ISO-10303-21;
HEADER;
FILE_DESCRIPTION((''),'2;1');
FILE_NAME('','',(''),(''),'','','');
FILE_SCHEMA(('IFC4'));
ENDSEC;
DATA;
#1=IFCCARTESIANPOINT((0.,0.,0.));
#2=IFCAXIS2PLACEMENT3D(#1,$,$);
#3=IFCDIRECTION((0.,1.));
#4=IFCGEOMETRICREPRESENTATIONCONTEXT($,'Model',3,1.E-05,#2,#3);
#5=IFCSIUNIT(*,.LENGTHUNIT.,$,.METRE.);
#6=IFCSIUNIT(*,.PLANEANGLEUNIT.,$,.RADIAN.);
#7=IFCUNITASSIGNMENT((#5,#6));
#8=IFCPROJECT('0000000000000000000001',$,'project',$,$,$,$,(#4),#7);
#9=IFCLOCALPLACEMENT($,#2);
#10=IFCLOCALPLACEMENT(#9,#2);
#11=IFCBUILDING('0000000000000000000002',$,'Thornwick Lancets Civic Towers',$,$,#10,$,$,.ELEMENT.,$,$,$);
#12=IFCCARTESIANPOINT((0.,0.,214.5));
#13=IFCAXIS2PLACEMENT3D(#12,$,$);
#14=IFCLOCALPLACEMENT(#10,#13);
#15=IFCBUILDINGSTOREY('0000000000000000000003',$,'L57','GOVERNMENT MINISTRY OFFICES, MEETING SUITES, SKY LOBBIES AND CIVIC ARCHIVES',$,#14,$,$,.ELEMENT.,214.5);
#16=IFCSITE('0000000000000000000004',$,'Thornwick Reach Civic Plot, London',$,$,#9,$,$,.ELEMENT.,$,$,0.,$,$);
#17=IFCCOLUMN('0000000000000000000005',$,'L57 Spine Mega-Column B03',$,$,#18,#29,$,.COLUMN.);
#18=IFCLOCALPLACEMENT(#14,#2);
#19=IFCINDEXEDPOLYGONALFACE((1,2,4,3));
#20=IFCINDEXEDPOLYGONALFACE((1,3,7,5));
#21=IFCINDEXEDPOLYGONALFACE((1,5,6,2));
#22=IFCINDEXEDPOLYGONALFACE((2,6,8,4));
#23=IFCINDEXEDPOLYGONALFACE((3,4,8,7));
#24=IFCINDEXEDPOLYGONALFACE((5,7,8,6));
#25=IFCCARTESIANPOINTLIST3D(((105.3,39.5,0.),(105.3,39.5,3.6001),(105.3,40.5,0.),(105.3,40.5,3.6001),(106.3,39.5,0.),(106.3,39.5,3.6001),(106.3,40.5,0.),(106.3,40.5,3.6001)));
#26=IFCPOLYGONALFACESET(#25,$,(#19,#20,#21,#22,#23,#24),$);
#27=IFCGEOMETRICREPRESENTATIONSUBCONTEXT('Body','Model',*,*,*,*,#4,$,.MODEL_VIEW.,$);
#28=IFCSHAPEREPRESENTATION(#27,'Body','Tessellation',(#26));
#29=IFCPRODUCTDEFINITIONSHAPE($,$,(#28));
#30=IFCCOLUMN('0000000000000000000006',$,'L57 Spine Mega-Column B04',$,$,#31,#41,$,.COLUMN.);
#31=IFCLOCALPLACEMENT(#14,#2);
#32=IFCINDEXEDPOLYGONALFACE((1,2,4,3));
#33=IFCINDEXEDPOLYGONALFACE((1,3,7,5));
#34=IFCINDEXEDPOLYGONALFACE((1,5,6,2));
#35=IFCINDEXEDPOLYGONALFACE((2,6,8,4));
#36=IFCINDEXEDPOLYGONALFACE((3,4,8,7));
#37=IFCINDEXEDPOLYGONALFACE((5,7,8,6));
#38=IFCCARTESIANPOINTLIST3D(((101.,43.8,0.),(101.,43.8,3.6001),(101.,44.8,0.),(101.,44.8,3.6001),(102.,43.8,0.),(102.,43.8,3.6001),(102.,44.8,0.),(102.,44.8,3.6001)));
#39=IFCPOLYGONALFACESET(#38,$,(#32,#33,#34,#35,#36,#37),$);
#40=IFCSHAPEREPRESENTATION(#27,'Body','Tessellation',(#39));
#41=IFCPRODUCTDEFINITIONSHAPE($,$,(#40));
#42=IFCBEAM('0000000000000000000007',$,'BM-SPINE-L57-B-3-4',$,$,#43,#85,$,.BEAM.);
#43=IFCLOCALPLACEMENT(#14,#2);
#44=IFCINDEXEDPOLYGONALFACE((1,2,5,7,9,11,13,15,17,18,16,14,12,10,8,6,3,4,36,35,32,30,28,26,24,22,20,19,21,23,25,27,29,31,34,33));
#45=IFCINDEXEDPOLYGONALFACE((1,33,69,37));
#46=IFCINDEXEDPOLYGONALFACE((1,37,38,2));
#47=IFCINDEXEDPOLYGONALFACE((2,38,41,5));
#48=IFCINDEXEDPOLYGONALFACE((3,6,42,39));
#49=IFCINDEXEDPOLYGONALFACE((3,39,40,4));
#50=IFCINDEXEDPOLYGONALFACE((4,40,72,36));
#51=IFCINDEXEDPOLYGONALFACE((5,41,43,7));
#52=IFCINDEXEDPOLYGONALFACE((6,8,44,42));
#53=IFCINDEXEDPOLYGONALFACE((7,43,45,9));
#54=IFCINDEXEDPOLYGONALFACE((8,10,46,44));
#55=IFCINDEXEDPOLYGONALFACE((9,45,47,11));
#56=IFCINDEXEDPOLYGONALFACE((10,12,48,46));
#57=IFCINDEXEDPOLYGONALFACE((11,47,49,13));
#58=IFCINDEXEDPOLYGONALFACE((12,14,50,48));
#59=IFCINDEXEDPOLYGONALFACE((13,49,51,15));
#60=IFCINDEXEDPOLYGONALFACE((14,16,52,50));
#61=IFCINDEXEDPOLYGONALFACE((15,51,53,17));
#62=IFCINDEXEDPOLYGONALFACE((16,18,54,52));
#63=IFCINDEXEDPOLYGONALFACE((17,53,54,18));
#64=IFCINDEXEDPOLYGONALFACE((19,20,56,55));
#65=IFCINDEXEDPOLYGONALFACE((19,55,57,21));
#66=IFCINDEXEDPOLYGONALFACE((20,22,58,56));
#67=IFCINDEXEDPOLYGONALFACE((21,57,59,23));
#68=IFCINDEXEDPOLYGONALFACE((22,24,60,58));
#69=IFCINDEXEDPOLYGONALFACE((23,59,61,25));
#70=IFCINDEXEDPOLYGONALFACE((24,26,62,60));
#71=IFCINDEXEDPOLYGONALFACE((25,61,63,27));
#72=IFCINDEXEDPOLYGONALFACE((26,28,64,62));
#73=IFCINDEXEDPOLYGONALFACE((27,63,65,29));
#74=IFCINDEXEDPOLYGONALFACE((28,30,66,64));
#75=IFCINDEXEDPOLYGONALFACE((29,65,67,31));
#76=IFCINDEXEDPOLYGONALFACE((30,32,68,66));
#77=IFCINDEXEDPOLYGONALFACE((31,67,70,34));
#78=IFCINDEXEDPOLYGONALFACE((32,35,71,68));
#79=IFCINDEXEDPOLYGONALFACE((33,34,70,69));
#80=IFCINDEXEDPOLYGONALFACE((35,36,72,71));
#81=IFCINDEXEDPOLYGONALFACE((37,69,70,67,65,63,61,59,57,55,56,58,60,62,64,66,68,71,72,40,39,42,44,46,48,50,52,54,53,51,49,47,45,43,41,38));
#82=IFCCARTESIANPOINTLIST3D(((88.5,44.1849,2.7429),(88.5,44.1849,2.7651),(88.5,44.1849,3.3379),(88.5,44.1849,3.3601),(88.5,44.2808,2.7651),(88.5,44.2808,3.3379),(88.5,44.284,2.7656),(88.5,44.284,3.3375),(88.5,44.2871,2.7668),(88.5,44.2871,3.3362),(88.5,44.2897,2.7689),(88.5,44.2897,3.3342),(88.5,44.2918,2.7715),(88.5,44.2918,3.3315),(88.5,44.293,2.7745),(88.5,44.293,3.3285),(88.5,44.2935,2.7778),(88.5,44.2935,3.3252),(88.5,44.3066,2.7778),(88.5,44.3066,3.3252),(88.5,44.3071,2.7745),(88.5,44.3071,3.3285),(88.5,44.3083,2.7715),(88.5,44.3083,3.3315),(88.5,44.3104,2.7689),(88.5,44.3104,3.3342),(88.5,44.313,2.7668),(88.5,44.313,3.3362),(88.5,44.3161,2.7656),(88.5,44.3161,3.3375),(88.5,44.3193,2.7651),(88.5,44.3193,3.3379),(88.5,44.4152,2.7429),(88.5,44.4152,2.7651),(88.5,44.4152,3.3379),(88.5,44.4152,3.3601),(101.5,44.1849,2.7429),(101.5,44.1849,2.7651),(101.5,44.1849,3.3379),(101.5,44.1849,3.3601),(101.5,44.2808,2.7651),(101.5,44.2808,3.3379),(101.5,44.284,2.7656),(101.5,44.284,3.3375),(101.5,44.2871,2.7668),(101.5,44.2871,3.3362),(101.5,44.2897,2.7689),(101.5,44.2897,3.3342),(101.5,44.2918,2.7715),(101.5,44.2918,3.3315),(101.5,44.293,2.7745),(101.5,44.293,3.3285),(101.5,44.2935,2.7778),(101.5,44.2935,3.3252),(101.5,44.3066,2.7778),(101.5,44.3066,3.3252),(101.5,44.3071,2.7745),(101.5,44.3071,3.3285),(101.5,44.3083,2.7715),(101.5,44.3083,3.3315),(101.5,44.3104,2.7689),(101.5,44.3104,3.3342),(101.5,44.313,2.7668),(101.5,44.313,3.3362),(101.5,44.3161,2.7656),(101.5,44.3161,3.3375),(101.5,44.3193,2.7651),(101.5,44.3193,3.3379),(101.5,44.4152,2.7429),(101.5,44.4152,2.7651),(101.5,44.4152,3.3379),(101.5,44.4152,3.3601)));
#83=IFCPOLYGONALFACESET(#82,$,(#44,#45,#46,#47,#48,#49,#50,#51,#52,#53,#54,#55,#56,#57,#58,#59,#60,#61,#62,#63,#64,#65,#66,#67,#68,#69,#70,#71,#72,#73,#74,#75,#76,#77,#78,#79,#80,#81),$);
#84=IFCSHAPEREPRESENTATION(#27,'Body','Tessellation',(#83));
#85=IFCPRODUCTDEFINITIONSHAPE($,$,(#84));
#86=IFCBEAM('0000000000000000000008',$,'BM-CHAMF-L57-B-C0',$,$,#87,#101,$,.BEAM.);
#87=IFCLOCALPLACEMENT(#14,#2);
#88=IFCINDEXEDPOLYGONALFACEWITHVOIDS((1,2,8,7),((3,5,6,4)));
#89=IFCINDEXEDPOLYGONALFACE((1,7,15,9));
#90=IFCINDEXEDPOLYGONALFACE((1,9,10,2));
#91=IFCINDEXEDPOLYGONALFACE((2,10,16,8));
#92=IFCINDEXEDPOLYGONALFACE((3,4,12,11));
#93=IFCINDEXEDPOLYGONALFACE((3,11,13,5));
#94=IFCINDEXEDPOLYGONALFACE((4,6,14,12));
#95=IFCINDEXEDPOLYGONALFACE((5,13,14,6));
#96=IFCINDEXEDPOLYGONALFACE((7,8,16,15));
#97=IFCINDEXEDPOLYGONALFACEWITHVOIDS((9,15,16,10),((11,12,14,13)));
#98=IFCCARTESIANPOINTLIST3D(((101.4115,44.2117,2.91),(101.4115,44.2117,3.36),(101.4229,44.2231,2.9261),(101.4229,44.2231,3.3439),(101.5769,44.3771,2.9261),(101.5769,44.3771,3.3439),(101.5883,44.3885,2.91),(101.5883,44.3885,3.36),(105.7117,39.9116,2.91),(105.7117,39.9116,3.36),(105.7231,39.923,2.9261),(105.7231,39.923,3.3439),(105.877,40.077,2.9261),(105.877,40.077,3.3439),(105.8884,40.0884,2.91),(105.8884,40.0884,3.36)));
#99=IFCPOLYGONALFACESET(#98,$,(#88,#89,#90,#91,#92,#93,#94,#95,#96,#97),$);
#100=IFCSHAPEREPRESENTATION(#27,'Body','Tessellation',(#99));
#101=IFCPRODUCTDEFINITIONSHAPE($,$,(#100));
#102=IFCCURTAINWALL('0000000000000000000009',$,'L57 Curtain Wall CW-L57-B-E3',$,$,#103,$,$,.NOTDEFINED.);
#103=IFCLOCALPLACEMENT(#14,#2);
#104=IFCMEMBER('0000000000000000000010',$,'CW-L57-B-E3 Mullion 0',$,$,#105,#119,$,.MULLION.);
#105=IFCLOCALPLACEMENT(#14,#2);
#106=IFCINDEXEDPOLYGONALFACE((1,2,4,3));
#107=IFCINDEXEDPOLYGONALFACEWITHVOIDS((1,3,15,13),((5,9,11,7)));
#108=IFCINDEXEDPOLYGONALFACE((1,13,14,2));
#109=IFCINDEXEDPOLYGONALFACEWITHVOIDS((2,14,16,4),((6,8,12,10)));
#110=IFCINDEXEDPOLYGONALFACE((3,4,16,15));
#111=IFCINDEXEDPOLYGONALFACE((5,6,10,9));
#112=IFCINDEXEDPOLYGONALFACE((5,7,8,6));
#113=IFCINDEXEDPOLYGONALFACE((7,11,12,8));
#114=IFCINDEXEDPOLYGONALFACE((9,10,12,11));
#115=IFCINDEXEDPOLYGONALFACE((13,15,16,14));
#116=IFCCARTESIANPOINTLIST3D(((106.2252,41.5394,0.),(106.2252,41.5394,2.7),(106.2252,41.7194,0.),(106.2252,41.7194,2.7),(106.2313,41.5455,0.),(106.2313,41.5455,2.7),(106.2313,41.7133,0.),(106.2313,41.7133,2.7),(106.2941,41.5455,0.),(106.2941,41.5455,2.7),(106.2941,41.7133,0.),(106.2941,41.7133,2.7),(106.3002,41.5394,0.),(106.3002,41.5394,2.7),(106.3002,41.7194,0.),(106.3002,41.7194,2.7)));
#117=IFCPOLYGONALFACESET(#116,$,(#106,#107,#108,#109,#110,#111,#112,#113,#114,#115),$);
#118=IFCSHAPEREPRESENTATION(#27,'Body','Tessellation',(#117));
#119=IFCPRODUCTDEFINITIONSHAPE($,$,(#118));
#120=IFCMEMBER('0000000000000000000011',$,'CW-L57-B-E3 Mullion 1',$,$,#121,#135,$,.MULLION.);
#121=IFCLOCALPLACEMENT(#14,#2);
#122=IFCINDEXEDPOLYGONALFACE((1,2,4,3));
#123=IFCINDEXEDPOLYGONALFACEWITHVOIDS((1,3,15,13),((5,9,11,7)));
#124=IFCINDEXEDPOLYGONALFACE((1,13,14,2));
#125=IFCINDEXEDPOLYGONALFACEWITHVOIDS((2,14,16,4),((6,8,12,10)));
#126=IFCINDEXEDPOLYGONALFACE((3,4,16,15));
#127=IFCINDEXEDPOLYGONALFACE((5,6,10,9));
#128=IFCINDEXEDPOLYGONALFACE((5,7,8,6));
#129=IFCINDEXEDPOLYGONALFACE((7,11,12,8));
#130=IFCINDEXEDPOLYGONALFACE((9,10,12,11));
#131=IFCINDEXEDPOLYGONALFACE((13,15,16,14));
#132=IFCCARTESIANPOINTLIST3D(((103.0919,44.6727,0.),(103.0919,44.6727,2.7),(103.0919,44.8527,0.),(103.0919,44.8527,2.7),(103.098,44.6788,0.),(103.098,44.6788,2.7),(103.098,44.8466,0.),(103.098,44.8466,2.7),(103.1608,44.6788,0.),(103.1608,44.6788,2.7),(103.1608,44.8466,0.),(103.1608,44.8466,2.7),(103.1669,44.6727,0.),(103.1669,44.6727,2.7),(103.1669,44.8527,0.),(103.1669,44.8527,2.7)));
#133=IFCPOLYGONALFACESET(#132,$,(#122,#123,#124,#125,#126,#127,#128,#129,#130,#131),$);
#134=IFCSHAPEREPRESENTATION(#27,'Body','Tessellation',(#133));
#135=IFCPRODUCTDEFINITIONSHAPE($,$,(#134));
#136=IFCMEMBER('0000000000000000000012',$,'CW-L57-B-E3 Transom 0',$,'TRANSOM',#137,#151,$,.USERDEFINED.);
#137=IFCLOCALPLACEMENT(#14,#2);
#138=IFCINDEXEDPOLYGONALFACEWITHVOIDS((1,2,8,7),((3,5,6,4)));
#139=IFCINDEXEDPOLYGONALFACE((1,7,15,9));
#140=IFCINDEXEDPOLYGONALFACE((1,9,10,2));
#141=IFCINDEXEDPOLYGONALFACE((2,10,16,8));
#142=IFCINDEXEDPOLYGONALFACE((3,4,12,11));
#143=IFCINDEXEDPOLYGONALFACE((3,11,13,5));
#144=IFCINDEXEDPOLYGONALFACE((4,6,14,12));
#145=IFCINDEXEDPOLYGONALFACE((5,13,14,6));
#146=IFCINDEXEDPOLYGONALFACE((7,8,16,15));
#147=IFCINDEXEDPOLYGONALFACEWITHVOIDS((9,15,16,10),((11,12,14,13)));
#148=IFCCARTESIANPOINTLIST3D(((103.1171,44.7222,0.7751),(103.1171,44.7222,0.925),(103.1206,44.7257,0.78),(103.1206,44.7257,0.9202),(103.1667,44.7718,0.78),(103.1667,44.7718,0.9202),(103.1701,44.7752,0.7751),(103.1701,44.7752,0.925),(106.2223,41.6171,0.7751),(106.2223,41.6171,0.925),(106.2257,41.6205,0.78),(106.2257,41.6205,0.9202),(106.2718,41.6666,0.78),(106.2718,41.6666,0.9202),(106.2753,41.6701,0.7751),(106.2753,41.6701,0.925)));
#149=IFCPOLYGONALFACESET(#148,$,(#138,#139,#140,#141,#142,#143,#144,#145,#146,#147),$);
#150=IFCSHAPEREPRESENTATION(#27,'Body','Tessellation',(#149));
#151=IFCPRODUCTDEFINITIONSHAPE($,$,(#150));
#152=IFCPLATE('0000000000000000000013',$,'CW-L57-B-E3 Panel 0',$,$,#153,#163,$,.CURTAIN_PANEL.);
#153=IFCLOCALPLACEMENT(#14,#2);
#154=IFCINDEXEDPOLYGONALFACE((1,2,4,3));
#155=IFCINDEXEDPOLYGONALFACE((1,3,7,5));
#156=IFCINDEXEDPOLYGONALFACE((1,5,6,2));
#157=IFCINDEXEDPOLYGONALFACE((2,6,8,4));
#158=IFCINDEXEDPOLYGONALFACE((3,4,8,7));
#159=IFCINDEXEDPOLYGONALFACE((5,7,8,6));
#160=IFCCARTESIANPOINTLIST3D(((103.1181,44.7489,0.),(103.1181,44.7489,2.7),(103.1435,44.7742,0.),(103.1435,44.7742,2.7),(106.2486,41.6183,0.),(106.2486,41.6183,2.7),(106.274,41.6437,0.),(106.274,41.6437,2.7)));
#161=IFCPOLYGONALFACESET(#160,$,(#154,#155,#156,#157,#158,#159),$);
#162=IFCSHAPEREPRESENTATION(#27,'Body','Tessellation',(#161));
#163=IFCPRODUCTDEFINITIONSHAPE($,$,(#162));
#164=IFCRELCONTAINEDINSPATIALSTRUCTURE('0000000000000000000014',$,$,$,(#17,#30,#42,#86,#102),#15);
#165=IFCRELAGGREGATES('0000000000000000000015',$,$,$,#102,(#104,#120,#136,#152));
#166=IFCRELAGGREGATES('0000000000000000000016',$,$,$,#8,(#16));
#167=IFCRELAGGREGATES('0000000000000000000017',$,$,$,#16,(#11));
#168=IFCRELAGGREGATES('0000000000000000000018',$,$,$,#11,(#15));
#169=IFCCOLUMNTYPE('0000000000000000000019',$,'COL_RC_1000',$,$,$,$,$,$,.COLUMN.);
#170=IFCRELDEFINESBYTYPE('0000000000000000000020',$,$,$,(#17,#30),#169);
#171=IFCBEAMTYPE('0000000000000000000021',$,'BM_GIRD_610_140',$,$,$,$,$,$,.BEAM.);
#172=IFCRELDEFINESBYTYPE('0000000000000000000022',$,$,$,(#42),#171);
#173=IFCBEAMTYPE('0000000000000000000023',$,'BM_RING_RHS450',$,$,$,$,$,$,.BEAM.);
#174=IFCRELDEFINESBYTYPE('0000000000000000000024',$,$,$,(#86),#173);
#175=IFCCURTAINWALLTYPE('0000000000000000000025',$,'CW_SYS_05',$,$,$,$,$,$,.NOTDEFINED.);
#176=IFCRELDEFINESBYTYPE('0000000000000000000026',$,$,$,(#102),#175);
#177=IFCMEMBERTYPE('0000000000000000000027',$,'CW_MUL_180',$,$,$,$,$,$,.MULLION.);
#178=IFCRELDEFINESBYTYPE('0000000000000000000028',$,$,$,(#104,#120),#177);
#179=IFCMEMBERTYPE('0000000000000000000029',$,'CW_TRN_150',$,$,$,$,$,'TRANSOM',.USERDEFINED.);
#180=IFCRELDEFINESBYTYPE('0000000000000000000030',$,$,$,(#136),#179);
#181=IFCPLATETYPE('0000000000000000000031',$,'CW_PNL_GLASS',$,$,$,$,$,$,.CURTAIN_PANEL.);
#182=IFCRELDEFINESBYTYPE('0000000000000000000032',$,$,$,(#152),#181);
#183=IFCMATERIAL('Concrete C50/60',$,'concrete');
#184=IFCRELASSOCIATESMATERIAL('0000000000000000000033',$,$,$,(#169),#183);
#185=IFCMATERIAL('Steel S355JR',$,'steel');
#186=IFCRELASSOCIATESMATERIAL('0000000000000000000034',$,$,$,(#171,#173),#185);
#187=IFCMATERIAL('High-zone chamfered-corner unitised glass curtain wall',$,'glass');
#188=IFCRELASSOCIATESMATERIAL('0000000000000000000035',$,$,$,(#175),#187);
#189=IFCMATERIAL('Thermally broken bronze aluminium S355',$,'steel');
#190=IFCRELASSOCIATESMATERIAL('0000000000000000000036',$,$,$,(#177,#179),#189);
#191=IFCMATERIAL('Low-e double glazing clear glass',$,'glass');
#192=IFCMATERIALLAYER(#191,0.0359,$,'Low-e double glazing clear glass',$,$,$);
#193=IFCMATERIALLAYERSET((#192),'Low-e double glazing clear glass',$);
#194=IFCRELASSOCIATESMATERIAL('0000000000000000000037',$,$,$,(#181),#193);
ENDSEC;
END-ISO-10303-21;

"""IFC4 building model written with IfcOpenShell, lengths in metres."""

from ifc_helpers import new_model, si_unit, direction, frame, origin, origin_2d, place, context, subcontext, project, spatial, rectangle, hollow_rectangle, i_section, extrude, material, layer, layer_set, material_profile, profile_set, type_object, element, aggregate, save


model = new_model("IFC4")

# Units and contexts
model_context = context("Model", 3, precision=1e-05, world=origin(), true_north=direction((0.0, 1.0)))
body_context = subcontext(model_context, "Body", "Model", "MODEL_VIEW")
ifc_project = project(units=[si_unit("LENGTHUNIT", "METRE"), si_unit("PLANEANGLEUNIT", "RADIAN")], contexts=[model_context])

# Site, building, storey
site_placement = place(None, origin())
site = spatial("IfcSite", under=ifc_project, at=site_placement, Name="Thornwick Reach Civic Plot, London", CompositionType="ELEMENT", RefElevation=0.0)
building_placement = place(site_placement, origin())
building = spatial("IfcBuilding", under=site, at=building_placement, Name="Thornwick Lancets Civic Towers", CompositionType="ELEMENT")
storey_placement = place(building_placement, frame((0.0, 0.0, 214.5)))
storey = spatial("IfcBuildingStorey", under=building, at=storey_placement, Name="L57", Description="GOVERNMENT MINISTRY OFFICES, MEETING SUITES, SKY LOBBIES AND CIVIC ARCHIVES", CompositionType="ELEMENT", Elevation=214.5)

# Columns
ifc_material_1 = material(Name="Concrete C50/60", Category="concrete")
ifc_material_profile_1 = material_profile(ifc_material_1, rectangle(XDim=1.0, YDim=1.0, at=origin_2d()), Name="RC 1000x1000")
ifc_profile_set_1 = profile_set([ifc_material_profile_1], Name="Concrete C50/60")
column_type = type_object("IfcColumnType", Name="COL_RC_1000", PredefinedType="COLUMN", material=ifc_profile_set_1)
for number, where, z_axis, x_axis, name in (
    (1, (105.8, 40.0, 0.0), (0.0, 0.0, 1.0), (1.0, 0.0, 0.0), "L57 Spine Mega-Column B03"),
    (2, (101.5, 44.3, 0.0), (0.0, 0.0, 1.0), (1.0, 0.0, 0.0), "L57 Spine Mega-Column B04"),
):
    element("IfcColumn", number, at=place(storey_placement, frame(where, z_axis=z_axis, x_axis=x_axis)), inside=storey, type_object=column_type, Name=name, PredefinedType="COLUMN", context=body_context, shape_type="SweptSolid", body=[
        extrude(rectangle(XDim=1.0, YDim=1.0, at=origin_2d()), origin(), (0.0, 0.0, 1.0), 3.6001),
    ])

# Beams
ifc_material_2 = material(Name="Steel S355JR", Category="steel")
ifc_material_profile_2 = material_profile(ifc_material_2, i_section(OverallWidth=0.2302, OverallDepth=0.6172, WebThickness=0.0132, FlangeThickness=0.0222, FilletRadius=0.0127, at=origin_2d()), Name="UKB 610x229x140")
ifc_profile_set_2 = profile_set([ifc_material_profile_2], Name="Steel S355JR")
beam_type_1 = type_object("IfcBeamType", Name="BM_GIRD_610_140", PredefinedType="BEAM", material=ifc_profile_set_2)
beam_1_placement = place(storey_placement, frame((101.5, 44.3, 3.0515), z_axis=(-1.0, 0.0, 0.0), x_axis=(0.0, -1.0, 0.0)))
element("IfcBeam", 3, at=beam_1_placement, inside=storey, type_object=beam_type_1, Name="BM-SPINE-L57-B-3-4", PredefinedType="BEAM", context=body_context, shape_type="SweptSolid", body=[
    extrude(i_section(OverallWidth=0.2302, OverallDepth=0.6172, WebThickness=0.0132, FlangeThickness=0.0222, FilletRadius=0.0127, at=origin_2d()), origin(), (0.0, 0.0, 1.0), 13.0),
])
ifc_material_profile_3 = material_profile(ifc_material_2, hollow_rectangle(XDim=0.25, YDim=0.45, WallThickness=0.0161, at=origin_2d()), Name="RHS 450x250x16")
ifc_profile_set_3 = profile_set([ifc_material_profile_3], Name="Steel S355JR")
beam_type_2 = type_object("IfcBeamType", Name="BM_RING_RHS450", PredefinedType="BEAM", material=ifc_profile_set_3)
beam_2_placement = place(storey_placement, frame((105.8, 40.0, 3.135), z_axis=(-0.707107, 0.707107, 0.0), x_axis=(-0.707107, -0.707107, 0.0)))
element("IfcBeam", 4, at=beam_2_placement, inside=storey, type_object=beam_type_2, Name="BM-CHAMF-L57-B-C0", PredefinedType="BEAM", context=body_context, shape_type="SweptSolid", body=[
    extrude(hollow_rectangle(XDim=0.25, YDim=0.45, WallThickness=0.0161, at=origin_2d()), origin(), (0.0, 0.0, 1.0), 6.0813),
])

# Curtain wall, members, plate
ifc_material_3 = material(Name="High-zone chamfered-corner unitised glass curtain wall", Category="glass")
curtain_wall_type = type_object("IfcCurtainWallType", Name="CW_SYS_05", PredefinedType="NOTDEFINED", material=ifc_material_3)
curtain_wall_placement = place(storey_placement, origin())
curtain_wall = element("IfcCurtainWall", 5, at=curtain_wall_placement, inside=storey, type_object=curtain_wall_type, Name="L57 Curtain Wall CW-L57-B-E3", PredefinedType="NOTDEFINED")
ifc_material_4 = material(Name="Thermally broken bronze aluminium S355", Category="steel")
ifc_material_profile_4 = material_profile(ifc_material_4, hollow_rectangle(XDim=0.075, YDim=0.1799, WallThickness=0.0061, at=origin_2d()), Name="RHS 180x75x6")
ifc_profile_set_4 = profile_set([ifc_material_profile_4], Name="Thermally broken bronze aluminium S355")
member_type_1 = type_object("IfcMemberType", Name="CW_MUL_180", PredefinedType="MULLION", material=ifc_profile_set_4)
member_1_placement = place(storey_placement, frame((106.2627, 41.6294, 0.0), z_axis=(0.0, 0.0, 1.0), x_axis=(1.0, 0.0, 0.0)))
member_1 = element("IfcMember", 6, at=member_1_placement, type_object=member_type_1, Name="CW-L57-B-E3 Mullion 0", PredefinedType="MULLION", context=body_context, shape_type="SweptSolid", body=[
    extrude(hollow_rectangle(XDim=0.075, YDim=0.1799, WallThickness=0.0061, at=origin_2d()), origin(), (0.0, 0.0, 1.0), 2.7),
])
member_2_placement = place(storey_placement, frame((103.1294, 44.7627, 0.0), z_axis=(0.0, 0.0, 1.0), x_axis=(1.0, 0.0, 0.0)))
member_2 = element("IfcMember", 7, at=member_2_placement, type_object=member_type_1, Name="CW-L57-B-E3 Mullion 1", PredefinedType="MULLION", context=body_context, shape_type="SweptSolid", body=[
    extrude(hollow_rectangle(XDim=0.075, YDim=0.1799, WallThickness=0.0061, at=origin_2d()), origin(), (0.0, 0.0, 1.0), 2.7),
])
ifc_material_profile_5 = material_profile(ifc_material_4, hollow_rectangle(XDim=0.075, YDim=0.1499, WallThickness=0.0049, at=origin_2d()), Name="RHS 150x75x5")
ifc_profile_set_5 = profile_set([ifc_material_profile_5], Name="Thermally broken bronze aluminium S355")
member_type_2 = type_object("IfcMemberType", Name="CW_TRN_150", ElementType="TRANSOM", PredefinedType="USERDEFINED", material=ifc_profile_set_5)
member_3_placement = place(storey_placement, frame((106.2488, 41.6436, 0.8501), z_axis=(-0.707107, 0.707107, 0.0), x_axis=(-0.707107, -0.707107, 0.0)))
member_3 = element("IfcMember", 8, at=member_3_placement, type_object=member_type_2, Name="CW-L57-B-E3 Transom 0", ObjectType="TRANSOM", PredefinedType="USERDEFINED", context=body_context, shape_type="SweptSolid", body=[
    extrude(hollow_rectangle(XDim=0.075, YDim=0.1499, WallThickness=0.0049, at=origin_2d()), origin(), (0.0, 0.0, 1.0), 4.3914),
])
ifc_material_5 = material(Name="Low-e double glazing clear glass", Category="glass")
ifc_layer_1 = layer(ifc_material_5, 0.0359, Name="Low-e double glazing clear glass")
ifc_layer_set_1 = layer_set([ifc_layer_1], Name="Low-e double glazing clear glass")
plate_type = type_object("IfcPlateType", Name="CW_PNL_GLASS", PredefinedType="CURTAIN_PANEL", material=ifc_layer_set_1)
plate_placement = place(storey_placement, frame((104.696, 43.1963, 0.0), z_axis=(0.0, 0.0, 1.0), x_axis=(-0.707107, 0.707107, 0.0)))
plate = element("IfcPlate", 9, at=plate_placement, type_object=plate_type, Name="CW-L57-B-E3 Panel 0", PredefinedType="CURTAIN_PANEL", context=body_context, shape_type="SweptSolid", body=[
    extrude(rectangle(XDim=4.4272, YDim=0.0359, at=origin_2d()), origin(), (0.0, 0.0, 1.0), 2.7),
])
aggregate(curtain_wall, [member_1, member_2, member_3, plate])

save(model, "model.ifc")
